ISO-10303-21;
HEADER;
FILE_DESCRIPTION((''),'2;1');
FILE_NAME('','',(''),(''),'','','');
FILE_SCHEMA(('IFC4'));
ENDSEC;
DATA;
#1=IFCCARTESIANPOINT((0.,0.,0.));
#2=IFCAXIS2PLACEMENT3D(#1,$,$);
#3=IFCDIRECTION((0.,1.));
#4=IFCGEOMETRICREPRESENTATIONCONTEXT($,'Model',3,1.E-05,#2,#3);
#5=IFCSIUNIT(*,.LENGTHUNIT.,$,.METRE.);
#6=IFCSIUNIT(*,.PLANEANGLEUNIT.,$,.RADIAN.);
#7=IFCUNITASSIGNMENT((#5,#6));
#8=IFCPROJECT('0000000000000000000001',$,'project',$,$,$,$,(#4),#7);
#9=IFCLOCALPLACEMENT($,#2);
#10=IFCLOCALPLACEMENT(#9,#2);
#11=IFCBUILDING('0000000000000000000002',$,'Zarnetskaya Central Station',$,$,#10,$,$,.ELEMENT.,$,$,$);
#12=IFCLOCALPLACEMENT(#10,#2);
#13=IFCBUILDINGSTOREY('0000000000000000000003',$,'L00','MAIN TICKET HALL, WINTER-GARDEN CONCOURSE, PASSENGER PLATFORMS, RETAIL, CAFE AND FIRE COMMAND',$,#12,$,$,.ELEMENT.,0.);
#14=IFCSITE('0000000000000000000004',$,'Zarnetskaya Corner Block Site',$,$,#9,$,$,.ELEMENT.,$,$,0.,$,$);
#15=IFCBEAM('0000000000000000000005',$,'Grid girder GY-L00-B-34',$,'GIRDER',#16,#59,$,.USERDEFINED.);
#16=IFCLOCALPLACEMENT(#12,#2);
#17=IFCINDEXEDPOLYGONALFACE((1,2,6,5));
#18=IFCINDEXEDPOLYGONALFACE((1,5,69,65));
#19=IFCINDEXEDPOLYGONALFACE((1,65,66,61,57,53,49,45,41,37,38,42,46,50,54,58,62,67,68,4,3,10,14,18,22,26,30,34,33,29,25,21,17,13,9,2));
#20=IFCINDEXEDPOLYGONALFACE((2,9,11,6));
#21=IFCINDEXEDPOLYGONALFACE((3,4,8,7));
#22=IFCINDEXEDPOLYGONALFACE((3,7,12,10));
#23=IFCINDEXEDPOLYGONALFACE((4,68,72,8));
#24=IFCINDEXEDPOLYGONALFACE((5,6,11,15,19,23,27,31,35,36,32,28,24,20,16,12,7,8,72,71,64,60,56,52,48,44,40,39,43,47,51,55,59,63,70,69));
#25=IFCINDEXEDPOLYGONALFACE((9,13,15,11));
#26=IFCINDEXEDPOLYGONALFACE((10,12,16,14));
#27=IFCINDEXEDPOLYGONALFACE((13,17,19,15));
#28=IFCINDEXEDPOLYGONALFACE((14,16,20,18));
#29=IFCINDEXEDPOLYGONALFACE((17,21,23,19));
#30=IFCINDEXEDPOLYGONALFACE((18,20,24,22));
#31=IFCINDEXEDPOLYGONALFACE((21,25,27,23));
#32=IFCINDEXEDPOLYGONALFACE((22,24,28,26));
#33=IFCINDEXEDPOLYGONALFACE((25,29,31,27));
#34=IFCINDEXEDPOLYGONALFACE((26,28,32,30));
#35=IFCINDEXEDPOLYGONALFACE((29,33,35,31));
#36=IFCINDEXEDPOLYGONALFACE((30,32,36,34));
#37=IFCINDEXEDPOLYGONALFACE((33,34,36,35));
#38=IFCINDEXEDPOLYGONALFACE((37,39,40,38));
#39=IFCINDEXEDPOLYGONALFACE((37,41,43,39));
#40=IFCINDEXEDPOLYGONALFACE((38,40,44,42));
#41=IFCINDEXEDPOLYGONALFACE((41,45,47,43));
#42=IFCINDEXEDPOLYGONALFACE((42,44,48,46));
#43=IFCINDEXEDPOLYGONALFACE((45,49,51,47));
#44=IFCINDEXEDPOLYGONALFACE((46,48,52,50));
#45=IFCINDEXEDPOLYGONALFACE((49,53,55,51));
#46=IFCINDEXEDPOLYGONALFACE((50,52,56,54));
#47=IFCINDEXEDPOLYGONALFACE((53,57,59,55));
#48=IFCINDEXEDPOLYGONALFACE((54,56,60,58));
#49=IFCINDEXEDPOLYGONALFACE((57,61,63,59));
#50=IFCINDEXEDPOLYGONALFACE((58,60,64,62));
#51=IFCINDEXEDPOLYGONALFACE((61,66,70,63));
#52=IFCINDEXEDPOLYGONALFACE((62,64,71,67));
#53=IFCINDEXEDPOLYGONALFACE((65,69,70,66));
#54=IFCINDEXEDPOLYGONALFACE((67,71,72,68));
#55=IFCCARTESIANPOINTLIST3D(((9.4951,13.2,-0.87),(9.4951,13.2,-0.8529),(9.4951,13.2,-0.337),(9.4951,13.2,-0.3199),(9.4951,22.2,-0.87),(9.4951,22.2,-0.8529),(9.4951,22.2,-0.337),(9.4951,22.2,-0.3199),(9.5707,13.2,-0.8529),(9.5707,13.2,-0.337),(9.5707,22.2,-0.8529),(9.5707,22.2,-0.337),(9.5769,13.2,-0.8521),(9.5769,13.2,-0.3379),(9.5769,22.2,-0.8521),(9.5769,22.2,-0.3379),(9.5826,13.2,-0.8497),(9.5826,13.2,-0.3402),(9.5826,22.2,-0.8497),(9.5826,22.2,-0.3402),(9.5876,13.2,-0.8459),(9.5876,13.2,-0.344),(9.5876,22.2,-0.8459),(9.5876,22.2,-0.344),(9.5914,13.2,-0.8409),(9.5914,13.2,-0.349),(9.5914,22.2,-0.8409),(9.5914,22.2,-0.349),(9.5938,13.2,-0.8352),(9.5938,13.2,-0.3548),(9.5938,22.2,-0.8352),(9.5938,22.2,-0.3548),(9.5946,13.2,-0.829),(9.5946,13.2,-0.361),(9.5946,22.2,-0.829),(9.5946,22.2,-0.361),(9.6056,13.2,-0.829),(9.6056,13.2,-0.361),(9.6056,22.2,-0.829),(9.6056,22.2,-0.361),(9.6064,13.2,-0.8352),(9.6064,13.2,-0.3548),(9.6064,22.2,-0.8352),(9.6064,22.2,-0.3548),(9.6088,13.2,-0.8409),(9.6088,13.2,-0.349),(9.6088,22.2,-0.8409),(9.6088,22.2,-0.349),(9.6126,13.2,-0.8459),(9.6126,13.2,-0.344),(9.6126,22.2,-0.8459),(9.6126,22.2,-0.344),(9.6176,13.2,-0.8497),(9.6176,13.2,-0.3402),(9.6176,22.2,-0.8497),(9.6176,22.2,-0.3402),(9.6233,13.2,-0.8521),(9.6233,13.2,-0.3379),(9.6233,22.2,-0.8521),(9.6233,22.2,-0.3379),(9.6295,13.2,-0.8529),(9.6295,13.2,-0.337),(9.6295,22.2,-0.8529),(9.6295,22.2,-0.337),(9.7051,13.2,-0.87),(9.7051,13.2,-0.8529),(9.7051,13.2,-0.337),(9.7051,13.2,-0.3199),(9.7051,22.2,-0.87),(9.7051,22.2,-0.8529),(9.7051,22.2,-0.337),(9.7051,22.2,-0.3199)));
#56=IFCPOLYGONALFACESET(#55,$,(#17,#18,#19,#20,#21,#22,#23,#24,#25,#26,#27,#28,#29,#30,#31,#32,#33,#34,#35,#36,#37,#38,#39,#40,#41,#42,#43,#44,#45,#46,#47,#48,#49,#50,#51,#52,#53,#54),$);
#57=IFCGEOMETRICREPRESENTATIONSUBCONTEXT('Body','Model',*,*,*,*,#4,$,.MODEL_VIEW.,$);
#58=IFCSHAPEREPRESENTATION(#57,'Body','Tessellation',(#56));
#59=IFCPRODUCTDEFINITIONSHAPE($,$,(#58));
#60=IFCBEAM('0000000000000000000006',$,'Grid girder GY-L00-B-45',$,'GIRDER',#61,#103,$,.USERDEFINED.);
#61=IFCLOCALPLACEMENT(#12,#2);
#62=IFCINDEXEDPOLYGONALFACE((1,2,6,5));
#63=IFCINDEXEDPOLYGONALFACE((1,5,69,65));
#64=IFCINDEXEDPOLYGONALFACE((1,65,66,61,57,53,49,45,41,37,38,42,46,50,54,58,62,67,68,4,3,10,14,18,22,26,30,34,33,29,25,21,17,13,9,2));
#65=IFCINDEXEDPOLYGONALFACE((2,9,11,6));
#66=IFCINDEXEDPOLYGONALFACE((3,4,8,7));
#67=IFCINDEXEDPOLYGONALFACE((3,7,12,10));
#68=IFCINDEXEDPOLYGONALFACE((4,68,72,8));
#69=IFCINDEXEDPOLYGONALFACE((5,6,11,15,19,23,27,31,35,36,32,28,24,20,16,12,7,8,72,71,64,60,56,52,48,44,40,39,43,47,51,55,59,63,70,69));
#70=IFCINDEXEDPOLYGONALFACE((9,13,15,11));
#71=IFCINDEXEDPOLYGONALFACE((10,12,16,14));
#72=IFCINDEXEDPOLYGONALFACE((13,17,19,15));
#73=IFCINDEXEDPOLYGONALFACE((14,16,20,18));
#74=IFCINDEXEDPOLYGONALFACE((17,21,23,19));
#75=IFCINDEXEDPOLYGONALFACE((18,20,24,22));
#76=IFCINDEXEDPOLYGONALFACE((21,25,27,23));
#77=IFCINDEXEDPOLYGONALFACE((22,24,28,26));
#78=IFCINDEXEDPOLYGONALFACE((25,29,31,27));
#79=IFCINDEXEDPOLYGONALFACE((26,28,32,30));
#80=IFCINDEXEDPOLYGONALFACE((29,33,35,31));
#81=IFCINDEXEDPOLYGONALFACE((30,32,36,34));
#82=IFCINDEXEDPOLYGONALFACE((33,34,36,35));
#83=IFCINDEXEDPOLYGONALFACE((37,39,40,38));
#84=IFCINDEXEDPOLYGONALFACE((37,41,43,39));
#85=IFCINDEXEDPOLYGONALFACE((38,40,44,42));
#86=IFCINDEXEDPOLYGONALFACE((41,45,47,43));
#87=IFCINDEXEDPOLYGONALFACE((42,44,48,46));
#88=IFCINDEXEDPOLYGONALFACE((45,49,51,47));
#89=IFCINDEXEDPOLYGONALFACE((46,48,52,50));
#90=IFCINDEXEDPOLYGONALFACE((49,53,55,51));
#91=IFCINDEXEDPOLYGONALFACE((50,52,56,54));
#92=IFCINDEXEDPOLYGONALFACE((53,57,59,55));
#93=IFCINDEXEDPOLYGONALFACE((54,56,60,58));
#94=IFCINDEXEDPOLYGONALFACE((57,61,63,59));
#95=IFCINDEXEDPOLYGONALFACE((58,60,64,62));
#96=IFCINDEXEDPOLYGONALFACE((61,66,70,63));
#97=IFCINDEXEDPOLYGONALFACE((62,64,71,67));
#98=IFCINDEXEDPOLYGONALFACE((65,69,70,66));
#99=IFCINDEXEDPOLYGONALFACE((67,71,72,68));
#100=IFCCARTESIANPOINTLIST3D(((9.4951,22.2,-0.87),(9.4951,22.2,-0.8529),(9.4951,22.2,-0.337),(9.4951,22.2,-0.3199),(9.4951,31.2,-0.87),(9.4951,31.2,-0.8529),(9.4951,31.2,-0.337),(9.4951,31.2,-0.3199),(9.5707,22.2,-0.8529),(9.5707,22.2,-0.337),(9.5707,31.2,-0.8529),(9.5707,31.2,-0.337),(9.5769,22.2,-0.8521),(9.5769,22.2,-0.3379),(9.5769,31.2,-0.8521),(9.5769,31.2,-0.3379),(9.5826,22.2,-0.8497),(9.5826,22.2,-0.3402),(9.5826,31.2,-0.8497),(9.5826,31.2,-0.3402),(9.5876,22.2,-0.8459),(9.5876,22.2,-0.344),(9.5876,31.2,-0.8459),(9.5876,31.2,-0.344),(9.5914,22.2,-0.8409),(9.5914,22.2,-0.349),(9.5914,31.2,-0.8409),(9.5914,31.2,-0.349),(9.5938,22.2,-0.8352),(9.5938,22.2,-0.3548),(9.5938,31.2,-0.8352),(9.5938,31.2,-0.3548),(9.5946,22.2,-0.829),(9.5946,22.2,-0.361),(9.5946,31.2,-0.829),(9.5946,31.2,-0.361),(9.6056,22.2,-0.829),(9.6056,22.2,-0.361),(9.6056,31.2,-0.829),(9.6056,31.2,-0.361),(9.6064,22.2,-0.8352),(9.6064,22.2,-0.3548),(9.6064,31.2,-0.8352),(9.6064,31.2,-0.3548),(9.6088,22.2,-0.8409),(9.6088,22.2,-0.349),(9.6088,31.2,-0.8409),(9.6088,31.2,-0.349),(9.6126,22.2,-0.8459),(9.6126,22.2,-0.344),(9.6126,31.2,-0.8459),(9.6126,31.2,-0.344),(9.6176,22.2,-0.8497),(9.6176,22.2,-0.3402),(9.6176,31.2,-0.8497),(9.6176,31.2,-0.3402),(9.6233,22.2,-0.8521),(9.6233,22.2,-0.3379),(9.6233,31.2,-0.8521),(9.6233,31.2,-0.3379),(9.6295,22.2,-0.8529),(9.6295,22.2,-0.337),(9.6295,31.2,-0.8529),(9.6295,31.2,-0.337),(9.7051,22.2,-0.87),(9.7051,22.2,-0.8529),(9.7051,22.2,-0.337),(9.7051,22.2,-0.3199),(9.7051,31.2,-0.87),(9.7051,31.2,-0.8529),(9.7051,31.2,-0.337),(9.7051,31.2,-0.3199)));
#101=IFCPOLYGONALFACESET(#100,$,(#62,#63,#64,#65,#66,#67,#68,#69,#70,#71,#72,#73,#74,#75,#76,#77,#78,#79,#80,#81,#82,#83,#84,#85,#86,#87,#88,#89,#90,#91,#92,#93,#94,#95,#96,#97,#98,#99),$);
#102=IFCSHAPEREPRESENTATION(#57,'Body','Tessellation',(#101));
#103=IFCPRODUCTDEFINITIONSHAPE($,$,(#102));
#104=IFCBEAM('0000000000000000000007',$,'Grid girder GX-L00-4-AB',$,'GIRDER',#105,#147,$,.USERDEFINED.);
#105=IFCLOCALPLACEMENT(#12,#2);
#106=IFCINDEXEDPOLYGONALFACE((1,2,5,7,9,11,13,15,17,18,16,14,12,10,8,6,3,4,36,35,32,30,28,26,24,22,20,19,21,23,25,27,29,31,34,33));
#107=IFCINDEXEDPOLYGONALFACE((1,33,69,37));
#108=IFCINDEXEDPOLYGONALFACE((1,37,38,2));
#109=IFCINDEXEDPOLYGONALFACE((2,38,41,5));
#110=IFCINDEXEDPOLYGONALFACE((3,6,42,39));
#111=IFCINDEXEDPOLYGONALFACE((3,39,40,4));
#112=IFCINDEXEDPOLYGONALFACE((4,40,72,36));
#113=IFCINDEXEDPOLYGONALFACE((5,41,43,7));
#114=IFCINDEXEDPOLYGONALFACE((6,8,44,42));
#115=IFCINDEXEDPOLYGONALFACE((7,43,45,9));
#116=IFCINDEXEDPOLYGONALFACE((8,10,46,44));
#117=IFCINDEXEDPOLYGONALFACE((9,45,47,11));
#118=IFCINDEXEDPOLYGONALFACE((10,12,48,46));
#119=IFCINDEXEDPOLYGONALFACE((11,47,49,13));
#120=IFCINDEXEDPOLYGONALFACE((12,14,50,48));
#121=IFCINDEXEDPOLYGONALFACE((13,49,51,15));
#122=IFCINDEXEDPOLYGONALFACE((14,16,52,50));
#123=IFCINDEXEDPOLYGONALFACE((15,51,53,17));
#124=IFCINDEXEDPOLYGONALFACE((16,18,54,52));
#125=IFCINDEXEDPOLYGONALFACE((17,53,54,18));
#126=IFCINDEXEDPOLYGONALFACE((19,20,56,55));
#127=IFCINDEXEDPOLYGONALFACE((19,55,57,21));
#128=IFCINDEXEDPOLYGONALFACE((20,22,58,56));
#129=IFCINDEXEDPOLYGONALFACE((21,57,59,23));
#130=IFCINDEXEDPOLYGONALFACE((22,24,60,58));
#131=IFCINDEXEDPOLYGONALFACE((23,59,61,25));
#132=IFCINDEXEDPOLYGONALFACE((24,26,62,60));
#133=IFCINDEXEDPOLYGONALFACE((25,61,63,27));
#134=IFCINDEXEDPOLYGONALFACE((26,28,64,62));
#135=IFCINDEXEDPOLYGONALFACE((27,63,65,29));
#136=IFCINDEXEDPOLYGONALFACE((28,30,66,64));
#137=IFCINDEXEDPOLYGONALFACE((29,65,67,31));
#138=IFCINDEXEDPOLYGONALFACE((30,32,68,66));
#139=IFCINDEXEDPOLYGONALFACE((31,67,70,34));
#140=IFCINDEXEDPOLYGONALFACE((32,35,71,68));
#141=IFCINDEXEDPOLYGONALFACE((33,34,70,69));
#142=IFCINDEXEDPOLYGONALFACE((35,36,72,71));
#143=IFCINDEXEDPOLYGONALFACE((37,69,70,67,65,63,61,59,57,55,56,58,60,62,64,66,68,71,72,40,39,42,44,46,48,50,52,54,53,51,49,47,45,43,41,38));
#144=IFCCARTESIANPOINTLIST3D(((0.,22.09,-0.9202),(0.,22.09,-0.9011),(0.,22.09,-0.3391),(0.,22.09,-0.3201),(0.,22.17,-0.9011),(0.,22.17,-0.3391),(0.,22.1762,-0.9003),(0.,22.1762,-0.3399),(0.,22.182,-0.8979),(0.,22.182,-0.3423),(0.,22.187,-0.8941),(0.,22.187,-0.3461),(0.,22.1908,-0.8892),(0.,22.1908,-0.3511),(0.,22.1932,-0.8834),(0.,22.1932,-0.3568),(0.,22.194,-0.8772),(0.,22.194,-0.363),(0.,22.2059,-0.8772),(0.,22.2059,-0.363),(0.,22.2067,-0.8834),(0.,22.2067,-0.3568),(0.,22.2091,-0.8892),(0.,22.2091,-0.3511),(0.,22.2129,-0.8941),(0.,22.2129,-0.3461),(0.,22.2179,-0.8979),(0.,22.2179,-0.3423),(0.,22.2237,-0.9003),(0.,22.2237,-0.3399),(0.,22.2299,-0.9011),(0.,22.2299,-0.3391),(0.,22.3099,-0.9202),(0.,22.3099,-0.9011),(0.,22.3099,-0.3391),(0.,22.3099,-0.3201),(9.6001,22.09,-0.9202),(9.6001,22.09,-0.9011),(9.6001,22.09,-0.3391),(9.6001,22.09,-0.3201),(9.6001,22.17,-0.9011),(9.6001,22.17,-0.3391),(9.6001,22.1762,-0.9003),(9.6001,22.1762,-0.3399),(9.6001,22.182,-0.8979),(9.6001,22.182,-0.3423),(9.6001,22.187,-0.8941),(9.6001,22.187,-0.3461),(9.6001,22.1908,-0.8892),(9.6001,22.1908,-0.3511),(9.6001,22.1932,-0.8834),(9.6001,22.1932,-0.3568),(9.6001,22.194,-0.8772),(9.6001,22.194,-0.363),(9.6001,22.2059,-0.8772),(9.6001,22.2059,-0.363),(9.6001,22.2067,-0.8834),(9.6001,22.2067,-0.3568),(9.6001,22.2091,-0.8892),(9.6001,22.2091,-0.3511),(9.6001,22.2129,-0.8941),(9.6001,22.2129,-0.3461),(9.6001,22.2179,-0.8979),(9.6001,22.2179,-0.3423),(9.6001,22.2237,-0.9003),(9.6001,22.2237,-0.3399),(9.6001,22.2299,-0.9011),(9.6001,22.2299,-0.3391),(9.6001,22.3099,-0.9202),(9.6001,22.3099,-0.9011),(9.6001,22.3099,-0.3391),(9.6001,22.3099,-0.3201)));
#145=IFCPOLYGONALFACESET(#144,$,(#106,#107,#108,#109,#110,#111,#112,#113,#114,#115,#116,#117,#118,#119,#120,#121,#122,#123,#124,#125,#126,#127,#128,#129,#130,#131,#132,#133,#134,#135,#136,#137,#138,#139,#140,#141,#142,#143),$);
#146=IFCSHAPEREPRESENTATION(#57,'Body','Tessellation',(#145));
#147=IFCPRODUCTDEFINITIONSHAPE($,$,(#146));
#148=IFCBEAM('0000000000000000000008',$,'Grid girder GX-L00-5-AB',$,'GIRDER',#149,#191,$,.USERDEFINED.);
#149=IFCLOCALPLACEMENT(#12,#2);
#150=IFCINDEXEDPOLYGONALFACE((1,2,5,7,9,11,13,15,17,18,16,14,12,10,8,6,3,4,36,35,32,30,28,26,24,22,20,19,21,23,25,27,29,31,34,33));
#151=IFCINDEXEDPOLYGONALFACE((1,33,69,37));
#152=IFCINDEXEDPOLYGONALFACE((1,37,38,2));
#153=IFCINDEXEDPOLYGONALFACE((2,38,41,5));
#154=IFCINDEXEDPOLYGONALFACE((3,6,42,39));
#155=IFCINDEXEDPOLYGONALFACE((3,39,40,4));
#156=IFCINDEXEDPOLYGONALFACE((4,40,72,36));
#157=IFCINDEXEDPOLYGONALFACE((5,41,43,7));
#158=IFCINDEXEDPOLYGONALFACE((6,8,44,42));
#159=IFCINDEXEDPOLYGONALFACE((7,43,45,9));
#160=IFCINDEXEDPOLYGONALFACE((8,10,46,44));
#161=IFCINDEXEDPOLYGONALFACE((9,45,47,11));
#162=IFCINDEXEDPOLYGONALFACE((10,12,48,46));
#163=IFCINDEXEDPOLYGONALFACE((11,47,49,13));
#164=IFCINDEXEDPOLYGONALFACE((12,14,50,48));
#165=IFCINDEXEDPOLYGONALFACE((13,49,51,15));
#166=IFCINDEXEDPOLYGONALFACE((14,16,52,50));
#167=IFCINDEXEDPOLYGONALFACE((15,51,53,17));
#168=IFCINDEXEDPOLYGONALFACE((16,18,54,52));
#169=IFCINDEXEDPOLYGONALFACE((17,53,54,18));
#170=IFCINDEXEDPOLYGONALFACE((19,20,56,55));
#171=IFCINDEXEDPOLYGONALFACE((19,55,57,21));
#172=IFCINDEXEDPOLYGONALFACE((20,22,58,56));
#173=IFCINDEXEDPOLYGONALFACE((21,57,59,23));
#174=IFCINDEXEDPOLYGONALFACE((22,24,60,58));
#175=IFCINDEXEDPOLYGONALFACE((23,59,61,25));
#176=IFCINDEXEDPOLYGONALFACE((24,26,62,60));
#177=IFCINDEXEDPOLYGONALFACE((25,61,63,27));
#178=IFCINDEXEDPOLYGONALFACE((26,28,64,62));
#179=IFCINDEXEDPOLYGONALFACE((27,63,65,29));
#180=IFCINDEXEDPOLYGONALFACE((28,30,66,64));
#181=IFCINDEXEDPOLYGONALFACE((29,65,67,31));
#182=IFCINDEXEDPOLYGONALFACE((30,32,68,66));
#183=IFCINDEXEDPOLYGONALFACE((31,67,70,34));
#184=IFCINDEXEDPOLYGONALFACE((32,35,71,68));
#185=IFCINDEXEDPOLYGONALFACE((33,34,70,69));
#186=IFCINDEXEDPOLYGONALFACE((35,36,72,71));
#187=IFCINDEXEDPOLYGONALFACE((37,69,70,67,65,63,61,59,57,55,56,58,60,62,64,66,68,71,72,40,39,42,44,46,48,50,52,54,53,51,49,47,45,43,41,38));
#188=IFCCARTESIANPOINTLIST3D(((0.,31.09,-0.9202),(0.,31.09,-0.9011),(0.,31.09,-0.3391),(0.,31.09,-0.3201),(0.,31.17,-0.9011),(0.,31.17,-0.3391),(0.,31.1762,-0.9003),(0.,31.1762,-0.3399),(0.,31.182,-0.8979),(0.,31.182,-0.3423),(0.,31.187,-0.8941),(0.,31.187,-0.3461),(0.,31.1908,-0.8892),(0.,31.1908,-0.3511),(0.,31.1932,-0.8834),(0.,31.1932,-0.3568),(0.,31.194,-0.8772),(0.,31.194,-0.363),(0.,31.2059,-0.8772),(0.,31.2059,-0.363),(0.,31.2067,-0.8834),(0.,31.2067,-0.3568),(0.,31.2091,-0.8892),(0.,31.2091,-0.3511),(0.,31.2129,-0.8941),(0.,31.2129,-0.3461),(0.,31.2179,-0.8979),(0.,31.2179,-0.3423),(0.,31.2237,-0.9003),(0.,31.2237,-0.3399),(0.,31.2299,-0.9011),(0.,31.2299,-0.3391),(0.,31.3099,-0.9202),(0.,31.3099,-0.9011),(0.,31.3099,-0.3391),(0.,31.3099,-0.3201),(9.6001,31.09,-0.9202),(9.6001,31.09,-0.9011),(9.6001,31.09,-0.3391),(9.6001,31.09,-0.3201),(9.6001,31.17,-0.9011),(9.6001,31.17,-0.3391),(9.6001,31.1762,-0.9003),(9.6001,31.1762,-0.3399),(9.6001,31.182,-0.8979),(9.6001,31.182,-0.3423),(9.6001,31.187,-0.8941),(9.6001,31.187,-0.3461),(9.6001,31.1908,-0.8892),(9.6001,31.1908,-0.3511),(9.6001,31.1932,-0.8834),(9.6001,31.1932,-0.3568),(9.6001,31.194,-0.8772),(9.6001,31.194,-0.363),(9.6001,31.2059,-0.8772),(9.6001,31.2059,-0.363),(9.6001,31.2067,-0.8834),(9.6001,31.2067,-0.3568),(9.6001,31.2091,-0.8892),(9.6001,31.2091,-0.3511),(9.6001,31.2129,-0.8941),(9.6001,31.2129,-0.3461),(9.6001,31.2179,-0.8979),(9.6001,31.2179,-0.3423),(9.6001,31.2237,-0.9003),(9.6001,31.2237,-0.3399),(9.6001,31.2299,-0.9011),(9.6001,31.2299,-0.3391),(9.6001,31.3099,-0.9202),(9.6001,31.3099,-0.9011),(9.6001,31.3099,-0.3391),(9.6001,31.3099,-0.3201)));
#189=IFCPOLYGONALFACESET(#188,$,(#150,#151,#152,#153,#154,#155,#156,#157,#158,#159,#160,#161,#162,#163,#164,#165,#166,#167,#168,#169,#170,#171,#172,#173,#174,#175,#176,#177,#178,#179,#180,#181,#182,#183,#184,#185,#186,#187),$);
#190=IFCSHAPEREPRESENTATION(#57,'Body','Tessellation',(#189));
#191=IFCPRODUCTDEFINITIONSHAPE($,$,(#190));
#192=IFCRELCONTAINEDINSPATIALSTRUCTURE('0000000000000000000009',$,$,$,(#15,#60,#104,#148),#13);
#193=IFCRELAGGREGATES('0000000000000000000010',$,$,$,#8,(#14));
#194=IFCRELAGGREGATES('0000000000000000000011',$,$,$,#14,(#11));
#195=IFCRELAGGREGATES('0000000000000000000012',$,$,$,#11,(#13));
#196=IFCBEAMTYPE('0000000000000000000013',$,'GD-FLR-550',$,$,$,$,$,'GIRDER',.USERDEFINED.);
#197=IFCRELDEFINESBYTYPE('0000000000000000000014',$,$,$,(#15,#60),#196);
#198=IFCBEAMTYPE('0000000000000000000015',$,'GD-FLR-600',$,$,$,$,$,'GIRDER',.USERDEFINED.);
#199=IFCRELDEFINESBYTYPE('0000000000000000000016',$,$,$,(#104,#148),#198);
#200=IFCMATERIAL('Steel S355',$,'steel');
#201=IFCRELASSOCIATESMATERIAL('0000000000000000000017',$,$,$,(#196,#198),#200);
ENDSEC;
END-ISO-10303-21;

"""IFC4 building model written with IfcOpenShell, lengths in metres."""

from ifc_helpers import new_model, si_unit, direction, frame, origin, origin_2d, place, context, subcontext, project, spatial, i_section, extrude, material, material_profile, profile_set, type_object, element, save


model = new_model("IFC4")

# Units and contexts
model_context = context("Model", 3, precision=1e-05, world=origin(), true_north=direction((0.0, 1.0)))
body_context = subcontext(model_context, "Body", "Model", "MODEL_VIEW")
ifc_project = project(units=[si_unit("LENGTHUNIT", "METRE"), si_unit("PLANEANGLEUNIT", "RADIAN")], contexts=[model_context])

# Site, building, storey
site_placement = place(None, origin())
site = spatial("IfcSite", under=ifc_project, at=site_placement, Name="Zarnetskaya Corner Block Site", CompositionType="ELEMENT", RefElevation=0.0)
building_placement = place(site_placement, origin())
building = spatial("IfcBuilding", under=site, at=building_placement, Name="Zarnetskaya Central Station", CompositionType="ELEMENT")
storey_placement = place(building_placement, origin())
storey = spatial("IfcBuildingStorey", under=building, at=storey_placement, Name="L00", Description="MAIN TICKET HALL, WINTER-GARDEN CONCOURSE, PASSENGER PLATFORMS, RETAIL, CAFE AND FIRE COMMAND", CompositionType="ELEMENT", Elevation=0.0)

# Shared definitions
ifc_material_1 = material(Name="Steel S355", Category="steel")

# Beams
ifc_material_profile_1 = material_profile(ifc_material_1, i_section(OverallWidth=0.21, OverallDepth=0.55, WebThickness=0.011, FlangeThickness=0.0171, FilletRadius=0.0239, at=origin_2d()), Name="IPE 550")
ifc_profile_set_1 = profile_set([ifc_material_profile_1], Name="Steel S355")
beam_type_1 = type_object("IfcBeamType", Name="GD-FLR-550", ElementType="GIRDER", PredefinedType="USERDEFINED", material=ifc_profile_set_1)
for number, where, z_axis, x_axis, name in (
    (1, (9.6001, 13.2, -0.595), (0.0, 1.0, 0.0), (-1.0, 0.0, 0.0), "Grid girder GY-L00-B-34"),
    (2, (9.6001, 22.2, -0.595), (0.0, 1.0, 0.0), (-1.0, 0.0, 0.0), "Grid girder GY-L00-B-45"),
):
    element("IfcBeam", number, at=place(storey_placement, frame(where, z_axis=z_axis, x_axis=x_axis)), inside=storey, type_object=beam_type_1, Name=name, ObjectType="GIRDER", PredefinedType="USERDEFINED", context=body_context, shape_type="SweptSolid", body=[
        extrude(i_section(OverallWidth=0.21, OverallDepth=0.55, WebThickness=0.011, FlangeThickness=0.0171, FilletRadius=0.0239, at=origin_2d()), origin(), (0.0, 0.0, 1.0), 9.0),
    ])
ifc_material_profile_2 = material_profile(ifc_material_1, i_section(OverallWidth=0.22, OverallDepth=0.6001, WebThickness=0.012, FlangeThickness=0.019, FilletRadius=0.0239, at=origin_2d()), Name="IPE 600")
ifc_profile_set_2 = profile_set([ifc_material_profile_2], Name="Steel S355")
beam_type_2 = type_object("IfcBeamType", Name="GD-FLR-600", ElementType="GIRDER", PredefinedType="USERDEFINED", material=ifc_profile_set_2)
for number, where, z_axis, x_axis, name in (
    (3, (0.0, 22.2, -0.6201), (1.0, 0.0, 0.0), (0.0, 1.0, 0.0), "Grid girder GX-L00-4-AB"),
    (4, (0.0, 31.2, -0.6201), (1.0, 0.0, 0.0), (0.0, 1.0, 0.0), "Grid girder GX-L00-5-AB"),
):
    element("IfcBeam", number, at=place(storey_placement, frame(where, z_axis=z_axis, x_axis=x_axis)), inside=storey, type_object=beam_type_2, Name=name, ObjectType="GIRDER", PredefinedType="USERDEFINED", context=body_context, shape_type="SweptSolid", body=[
        extrude(i_section(OverallWidth=0.22, OverallDepth=0.6001, WebThickness=0.012, FlangeThickness=0.019, FilletRadius=0.0239, at=origin_2d()), origin(), (0.0, 0.0, 1.0), 9.6001),
    ])

save(model, "model.ifc")
